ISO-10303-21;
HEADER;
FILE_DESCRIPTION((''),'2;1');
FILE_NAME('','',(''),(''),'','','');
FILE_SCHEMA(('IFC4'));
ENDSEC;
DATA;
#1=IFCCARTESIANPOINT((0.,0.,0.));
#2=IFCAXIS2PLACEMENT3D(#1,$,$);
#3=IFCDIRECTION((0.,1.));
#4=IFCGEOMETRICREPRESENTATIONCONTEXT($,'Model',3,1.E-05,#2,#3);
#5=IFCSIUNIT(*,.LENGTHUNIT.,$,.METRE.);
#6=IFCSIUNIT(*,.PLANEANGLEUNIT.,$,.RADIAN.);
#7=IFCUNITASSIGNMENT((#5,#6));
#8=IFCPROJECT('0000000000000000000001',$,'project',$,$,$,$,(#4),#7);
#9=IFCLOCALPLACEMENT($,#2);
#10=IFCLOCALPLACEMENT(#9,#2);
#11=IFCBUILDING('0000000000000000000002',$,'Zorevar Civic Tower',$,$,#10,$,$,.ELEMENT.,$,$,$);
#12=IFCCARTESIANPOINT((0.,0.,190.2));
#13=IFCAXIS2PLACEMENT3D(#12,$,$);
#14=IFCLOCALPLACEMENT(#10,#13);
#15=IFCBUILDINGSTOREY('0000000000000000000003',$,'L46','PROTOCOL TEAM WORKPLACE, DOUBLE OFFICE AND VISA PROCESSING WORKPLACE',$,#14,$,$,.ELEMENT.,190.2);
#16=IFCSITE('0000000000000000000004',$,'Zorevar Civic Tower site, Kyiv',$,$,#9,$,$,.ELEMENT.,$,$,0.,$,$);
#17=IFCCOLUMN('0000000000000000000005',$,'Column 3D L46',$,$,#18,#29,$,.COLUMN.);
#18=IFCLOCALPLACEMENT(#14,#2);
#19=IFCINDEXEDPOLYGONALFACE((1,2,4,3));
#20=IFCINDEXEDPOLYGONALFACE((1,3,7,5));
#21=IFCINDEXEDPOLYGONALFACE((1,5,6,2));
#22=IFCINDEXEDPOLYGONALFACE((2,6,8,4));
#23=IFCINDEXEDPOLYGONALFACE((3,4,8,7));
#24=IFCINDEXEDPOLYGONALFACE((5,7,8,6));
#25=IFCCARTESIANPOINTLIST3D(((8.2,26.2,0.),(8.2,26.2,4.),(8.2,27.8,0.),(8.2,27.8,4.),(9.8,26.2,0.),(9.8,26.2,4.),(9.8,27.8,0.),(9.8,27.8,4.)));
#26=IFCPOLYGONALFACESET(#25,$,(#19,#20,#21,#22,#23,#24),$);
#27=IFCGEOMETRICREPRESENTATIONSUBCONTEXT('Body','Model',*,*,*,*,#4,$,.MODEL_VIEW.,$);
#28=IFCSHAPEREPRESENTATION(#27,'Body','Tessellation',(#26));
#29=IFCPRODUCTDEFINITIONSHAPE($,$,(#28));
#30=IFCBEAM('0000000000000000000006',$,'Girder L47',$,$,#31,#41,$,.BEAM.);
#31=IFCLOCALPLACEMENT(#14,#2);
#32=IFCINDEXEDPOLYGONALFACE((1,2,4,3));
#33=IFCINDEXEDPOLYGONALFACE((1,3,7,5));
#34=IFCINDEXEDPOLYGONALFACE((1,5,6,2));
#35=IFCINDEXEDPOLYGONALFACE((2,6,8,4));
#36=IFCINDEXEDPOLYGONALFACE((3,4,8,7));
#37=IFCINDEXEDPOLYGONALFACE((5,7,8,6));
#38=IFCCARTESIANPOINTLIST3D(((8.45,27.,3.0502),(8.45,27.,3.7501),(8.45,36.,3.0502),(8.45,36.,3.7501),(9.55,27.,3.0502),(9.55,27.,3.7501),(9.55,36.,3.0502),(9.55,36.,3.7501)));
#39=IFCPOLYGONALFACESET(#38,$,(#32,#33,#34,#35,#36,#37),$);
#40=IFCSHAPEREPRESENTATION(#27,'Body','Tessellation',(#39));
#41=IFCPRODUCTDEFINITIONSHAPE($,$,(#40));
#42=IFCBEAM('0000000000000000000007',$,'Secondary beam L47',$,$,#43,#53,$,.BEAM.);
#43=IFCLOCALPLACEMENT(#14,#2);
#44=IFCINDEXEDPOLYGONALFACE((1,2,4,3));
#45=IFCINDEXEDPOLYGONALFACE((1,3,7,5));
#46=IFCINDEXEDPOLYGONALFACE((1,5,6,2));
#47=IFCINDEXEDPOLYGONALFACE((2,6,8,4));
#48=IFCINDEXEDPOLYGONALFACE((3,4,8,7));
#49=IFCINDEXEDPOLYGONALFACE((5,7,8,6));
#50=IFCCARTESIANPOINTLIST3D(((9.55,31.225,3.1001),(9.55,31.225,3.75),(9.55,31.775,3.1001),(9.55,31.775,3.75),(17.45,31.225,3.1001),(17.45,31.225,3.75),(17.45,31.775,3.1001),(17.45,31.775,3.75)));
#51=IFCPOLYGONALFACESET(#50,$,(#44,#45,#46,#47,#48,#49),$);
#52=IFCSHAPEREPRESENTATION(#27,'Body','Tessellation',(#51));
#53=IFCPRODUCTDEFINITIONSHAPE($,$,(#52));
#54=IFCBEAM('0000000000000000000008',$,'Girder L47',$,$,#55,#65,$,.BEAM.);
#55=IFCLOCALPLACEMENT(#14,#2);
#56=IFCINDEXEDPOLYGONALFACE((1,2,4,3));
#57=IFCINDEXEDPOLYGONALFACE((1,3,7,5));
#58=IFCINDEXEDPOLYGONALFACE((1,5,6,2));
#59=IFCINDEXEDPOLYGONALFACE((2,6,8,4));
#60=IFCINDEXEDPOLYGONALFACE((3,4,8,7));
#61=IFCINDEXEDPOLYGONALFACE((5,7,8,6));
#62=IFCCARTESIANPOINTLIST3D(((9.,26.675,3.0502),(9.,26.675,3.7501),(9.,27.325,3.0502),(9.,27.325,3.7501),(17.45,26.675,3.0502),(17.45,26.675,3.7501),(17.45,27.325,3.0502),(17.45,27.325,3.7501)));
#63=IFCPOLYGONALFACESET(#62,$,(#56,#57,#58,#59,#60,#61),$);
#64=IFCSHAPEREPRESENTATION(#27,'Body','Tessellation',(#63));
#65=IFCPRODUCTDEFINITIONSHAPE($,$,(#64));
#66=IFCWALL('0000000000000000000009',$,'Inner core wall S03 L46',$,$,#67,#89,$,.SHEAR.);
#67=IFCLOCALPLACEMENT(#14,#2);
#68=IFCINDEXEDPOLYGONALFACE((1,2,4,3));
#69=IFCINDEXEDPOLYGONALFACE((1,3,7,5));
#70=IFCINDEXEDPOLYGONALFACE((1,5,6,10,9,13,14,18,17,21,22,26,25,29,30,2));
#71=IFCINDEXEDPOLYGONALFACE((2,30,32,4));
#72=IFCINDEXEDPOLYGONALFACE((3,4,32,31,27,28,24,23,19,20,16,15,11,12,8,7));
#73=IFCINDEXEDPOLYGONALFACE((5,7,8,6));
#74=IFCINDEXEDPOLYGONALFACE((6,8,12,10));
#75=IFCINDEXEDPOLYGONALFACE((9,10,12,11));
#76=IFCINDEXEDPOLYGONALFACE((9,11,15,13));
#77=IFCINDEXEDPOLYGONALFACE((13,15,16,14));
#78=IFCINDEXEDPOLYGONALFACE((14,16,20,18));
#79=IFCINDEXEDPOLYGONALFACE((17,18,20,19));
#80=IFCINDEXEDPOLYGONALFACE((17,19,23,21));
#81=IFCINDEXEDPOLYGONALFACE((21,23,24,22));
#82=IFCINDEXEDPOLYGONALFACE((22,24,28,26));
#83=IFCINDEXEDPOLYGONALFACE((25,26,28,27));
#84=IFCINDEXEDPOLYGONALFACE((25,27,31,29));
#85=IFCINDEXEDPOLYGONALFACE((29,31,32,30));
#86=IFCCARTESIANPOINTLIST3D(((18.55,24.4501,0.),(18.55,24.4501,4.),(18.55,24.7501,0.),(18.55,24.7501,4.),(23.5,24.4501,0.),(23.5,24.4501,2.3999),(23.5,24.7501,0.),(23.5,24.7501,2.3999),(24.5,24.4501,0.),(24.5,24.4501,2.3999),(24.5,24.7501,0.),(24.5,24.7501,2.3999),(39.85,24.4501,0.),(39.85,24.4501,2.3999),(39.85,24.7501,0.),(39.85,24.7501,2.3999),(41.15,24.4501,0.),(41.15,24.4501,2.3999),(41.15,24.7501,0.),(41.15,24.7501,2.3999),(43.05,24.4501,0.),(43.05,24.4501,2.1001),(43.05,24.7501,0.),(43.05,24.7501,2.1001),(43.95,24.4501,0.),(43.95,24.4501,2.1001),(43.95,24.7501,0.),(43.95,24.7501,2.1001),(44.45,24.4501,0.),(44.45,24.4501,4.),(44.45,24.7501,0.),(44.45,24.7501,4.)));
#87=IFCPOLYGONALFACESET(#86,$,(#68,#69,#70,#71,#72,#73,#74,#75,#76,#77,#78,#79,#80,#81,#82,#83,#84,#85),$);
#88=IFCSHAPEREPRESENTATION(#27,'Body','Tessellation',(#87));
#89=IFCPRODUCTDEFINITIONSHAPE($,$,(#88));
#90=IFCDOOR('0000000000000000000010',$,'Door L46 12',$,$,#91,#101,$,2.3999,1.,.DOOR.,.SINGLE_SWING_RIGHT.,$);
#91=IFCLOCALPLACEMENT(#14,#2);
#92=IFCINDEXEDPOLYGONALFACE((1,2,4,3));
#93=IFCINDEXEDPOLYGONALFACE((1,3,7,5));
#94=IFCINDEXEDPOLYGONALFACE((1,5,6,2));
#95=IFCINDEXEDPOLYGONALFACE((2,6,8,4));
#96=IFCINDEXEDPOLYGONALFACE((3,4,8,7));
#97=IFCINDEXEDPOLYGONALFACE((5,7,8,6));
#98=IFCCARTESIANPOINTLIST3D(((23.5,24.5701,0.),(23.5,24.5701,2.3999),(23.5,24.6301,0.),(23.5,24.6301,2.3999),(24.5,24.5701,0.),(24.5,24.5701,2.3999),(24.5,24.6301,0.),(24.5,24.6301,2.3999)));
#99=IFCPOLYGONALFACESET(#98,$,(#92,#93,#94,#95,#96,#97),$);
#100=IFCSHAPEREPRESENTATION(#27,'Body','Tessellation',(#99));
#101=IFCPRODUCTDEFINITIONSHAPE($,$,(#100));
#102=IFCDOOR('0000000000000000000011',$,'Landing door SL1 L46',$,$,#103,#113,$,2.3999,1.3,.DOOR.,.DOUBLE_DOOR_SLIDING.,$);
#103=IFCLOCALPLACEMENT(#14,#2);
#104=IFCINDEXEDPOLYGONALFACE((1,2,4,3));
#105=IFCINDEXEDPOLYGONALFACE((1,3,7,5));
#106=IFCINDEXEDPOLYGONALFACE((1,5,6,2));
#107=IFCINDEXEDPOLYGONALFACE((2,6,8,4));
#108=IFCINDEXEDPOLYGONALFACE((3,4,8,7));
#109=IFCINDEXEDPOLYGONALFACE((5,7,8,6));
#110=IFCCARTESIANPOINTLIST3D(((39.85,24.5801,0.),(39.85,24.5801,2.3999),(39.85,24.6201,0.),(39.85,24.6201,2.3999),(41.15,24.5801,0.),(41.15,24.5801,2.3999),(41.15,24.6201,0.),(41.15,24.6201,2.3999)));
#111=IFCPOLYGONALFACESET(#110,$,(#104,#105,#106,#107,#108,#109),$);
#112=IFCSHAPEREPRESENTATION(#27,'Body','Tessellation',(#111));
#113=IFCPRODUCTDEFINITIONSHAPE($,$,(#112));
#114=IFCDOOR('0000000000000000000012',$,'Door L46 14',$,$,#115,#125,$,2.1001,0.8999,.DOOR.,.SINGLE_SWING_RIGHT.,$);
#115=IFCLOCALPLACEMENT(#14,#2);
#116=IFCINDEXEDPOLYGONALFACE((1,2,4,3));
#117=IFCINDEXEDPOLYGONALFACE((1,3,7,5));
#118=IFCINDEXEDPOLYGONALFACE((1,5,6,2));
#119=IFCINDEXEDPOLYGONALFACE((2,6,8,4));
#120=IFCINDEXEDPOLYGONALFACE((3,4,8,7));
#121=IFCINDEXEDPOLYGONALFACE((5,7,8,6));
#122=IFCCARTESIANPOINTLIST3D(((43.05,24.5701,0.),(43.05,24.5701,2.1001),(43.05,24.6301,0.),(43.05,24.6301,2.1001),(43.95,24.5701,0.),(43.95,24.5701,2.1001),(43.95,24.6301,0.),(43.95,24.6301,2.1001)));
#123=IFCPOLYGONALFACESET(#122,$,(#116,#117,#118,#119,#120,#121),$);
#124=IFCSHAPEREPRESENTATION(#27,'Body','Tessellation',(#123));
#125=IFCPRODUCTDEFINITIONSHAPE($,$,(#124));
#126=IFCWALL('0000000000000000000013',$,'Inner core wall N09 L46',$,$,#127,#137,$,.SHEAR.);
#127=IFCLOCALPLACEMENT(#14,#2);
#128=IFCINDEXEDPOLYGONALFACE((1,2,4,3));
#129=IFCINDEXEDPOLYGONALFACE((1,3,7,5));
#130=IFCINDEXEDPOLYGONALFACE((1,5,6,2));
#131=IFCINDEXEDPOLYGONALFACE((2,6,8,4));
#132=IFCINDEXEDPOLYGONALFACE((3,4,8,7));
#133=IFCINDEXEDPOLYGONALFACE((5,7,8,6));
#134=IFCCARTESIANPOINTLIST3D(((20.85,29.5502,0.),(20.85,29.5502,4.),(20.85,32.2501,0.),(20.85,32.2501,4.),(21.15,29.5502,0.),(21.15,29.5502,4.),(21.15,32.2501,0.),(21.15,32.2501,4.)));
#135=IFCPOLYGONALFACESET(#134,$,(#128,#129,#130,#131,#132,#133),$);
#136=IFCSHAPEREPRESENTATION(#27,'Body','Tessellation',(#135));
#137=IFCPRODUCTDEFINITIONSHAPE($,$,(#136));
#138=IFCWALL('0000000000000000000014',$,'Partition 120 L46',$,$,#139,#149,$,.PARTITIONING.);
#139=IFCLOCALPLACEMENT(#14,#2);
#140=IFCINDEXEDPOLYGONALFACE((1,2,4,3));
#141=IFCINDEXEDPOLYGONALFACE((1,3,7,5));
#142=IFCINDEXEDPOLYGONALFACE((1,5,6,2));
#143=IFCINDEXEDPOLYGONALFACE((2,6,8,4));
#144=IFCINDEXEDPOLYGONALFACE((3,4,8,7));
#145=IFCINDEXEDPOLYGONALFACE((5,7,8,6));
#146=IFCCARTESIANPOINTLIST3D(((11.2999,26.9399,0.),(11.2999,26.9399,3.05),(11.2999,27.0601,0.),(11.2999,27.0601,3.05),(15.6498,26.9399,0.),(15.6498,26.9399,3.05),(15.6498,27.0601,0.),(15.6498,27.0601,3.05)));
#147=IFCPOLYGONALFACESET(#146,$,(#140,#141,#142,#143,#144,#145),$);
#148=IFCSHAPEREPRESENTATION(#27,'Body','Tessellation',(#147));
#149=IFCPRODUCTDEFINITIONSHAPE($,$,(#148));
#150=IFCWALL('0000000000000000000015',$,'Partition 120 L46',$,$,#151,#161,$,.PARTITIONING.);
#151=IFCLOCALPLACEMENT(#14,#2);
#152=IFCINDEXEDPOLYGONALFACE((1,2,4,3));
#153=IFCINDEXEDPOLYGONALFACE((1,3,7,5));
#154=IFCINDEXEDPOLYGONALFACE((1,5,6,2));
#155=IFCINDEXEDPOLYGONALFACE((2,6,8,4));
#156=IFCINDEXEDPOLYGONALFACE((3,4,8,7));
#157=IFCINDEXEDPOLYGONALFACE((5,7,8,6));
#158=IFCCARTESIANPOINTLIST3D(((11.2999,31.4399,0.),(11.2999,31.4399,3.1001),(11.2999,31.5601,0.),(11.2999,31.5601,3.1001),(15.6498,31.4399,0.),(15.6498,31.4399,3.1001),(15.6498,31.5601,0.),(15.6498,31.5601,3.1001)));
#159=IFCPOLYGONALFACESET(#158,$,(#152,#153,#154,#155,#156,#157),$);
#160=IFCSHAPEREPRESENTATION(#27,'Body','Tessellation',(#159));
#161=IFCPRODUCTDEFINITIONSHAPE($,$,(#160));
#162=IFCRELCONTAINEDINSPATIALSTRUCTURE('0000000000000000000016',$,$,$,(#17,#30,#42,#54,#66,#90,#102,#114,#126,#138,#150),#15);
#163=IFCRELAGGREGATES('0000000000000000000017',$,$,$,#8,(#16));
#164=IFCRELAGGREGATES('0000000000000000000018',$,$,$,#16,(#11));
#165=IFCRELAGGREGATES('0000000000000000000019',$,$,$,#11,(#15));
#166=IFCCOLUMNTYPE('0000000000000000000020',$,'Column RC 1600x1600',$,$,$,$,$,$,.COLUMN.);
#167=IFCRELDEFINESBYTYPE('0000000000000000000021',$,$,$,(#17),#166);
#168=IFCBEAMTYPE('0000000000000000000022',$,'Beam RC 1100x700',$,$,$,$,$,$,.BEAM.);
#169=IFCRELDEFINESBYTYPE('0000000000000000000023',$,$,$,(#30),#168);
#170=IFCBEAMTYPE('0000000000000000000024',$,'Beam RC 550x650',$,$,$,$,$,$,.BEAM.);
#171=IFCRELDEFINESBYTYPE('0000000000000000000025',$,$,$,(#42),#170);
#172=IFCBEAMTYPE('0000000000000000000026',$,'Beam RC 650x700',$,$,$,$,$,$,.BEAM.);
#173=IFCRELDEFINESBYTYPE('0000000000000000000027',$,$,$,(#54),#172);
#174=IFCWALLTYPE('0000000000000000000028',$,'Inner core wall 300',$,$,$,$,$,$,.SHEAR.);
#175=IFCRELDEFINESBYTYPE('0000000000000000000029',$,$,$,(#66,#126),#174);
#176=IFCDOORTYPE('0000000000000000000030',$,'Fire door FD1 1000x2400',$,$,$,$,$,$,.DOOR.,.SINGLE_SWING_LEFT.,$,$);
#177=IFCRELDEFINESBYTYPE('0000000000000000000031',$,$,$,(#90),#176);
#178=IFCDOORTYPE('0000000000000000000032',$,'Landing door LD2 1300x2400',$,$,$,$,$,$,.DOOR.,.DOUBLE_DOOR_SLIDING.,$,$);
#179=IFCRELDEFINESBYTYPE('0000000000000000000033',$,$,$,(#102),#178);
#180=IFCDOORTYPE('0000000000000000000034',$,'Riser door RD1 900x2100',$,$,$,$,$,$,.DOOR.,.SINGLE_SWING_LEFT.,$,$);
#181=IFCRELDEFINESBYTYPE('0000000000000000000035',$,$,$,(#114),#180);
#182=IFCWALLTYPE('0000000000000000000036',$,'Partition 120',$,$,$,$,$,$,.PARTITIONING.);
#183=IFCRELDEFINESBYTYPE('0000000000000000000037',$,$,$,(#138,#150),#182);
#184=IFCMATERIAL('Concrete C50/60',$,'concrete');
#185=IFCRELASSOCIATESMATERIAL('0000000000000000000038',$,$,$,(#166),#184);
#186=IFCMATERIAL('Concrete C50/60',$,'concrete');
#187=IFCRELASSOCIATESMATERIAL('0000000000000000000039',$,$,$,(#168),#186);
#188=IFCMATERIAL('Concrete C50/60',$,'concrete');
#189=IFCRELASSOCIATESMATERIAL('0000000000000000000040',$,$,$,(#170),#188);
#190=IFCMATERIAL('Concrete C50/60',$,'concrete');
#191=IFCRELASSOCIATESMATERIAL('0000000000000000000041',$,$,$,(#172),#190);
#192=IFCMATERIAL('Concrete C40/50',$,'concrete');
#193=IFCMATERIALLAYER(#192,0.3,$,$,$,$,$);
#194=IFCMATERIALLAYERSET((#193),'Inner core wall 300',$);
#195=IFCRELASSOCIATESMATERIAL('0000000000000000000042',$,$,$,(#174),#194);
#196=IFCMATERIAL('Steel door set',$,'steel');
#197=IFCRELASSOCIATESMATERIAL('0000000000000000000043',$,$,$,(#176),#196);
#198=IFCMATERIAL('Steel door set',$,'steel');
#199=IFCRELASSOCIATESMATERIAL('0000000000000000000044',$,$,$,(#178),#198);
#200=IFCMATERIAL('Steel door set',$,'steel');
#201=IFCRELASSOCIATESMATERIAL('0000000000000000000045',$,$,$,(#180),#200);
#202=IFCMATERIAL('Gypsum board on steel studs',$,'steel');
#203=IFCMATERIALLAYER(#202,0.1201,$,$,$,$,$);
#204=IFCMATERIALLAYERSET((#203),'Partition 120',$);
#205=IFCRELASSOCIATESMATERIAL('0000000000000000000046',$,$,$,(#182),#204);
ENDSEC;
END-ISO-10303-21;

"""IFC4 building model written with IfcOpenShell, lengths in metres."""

from ifc_helpers import new_model, si_unit, direction, frame, frame_2d, origin, origin_2d, place, context, subcontext, project, spatial, rectangle, extrude, material, layer, layer_set, material_profile, profile_set, type_object, element, fill, save


model = new_model("IFC4")

# Units and contexts
model_context = context("Model", 3, precision=1e-05, world=origin(), true_north=direction((0.0, 1.0)))
body_context = subcontext(model_context, "Body", "Model", "MODEL_VIEW")
ifc_project = project(units=[si_unit("LENGTHUNIT", "METRE"), si_unit("PLANEANGLEUNIT", "RADIAN")], contexts=[model_context])

# Site, building, storey
site_placement = place(None, origin())
site = spatial("IfcSite", under=ifc_project, at=site_placement, Name="Zorevar Civic Tower site, Kyiv", CompositionType="ELEMENT", RefElevation=0.0)
building_placement = place(site_placement, origin())
building = spatial("IfcBuilding", under=site, at=building_placement, Name="Zorevar Civic Tower", CompositionType="ELEMENT")
storey_placement = place(building_placement, frame((0.0, 0.0, 190.2)))
storey = spatial("IfcBuildingStorey", under=building, at=storey_placement, Name="L46", Description="PROTOCOL TEAM WORKPLACE, DOUBLE OFFICE AND VISA PROCESSING WORKPLACE", CompositionType="ELEMENT", Elevation=190.2)

# Column
ifc_material_1 = material(Name="Concrete C50/60", Category="concrete")
ifc_material_profile_1 = material_profile(ifc_material_1, rectangle(XDim=1.6001, YDim=1.6001, at=origin_2d()), Name="RC 1600x1600")
ifc_profile_set_1 = profile_set([ifc_material_profile_1], Name="Concrete C50/60")
column_type = type_object("IfcColumnType", Name="Column RC 1600x1600", PredefinedType="COLUMN", material=ifc_profile_set_1)
column_placement = place(storey_placement, frame((9.0, 27.0, 0.0), z_axis=(0.0, 0.0, 1.0), x_axis=(1.0, 0.0, 0.0)))
element("IfcColumn", 1, at=column_placement, inside=storey, type_object=column_type, Name="Column 3D L46", PredefinedType="COLUMN", context=body_context, shape_type="SweptSolid", body=[
    extrude(rectangle(XDim=1.6001, YDim=1.6001, at=origin_2d()), origin(), (0.0, 0.0, 1.0), 4.0),
])

# Beams
ifc_material_2 = material(Name="Concrete C50/60", Category="concrete")
ifc_material_profile_2 = material_profile(ifc_material_2, rectangle(XDim=1.1001, YDim=0.7, at=origin_2d()), Name="RC 1100x700")
ifc_profile_set_2 = profile_set([ifc_material_profile_2], Name="Concrete C50/60")
beam_type_1 = type_object("IfcBeamType", Name="Beam RC 1100x700", PredefinedType="BEAM", material=ifc_profile_set_2)
beam_1_placement = place(storey_placement, frame((9.0, 27.0, 3.4001), z_axis=(0.0, 1.0, 0.0), x_axis=(-1.0, 0.0, 0.0)))
element("IfcBeam", 2, at=beam_1_placement, inside=storey, type_object=beam_type_1, Name="Girder L47", PredefinedType="BEAM", context=body_context, shape_type="SweptSolid", body=[
    extrude(rectangle(XDim=1.1001, YDim=0.7, at=origin_2d()), origin(), (0.0, 0.0, 1.0), 9.0),
])
ifc_material_3 = material(Name="Concrete C50/60", Category="concrete")
ifc_material_profile_3 = material_profile(ifc_material_3, rectangle(XDim=0.55, YDim=0.6499, at=origin_2d()), Name="RC 550x650")
ifc_profile_set_3 = profile_set([ifc_material_profile_3], Name="Concrete C50/60")
beam_type_2 = type_object("IfcBeamType", Name="Beam RC 550x650", PredefinedType="BEAM", material=ifc_profile_set_3)
beam_2_placement = place(storey_placement, frame((9.55, 31.5, 3.425), z_axis=(1.0, 0.0, 0.0), x_axis=(0.0, 1.0, 0.0)))
element("IfcBeam", 3, at=beam_2_placement, inside=storey, type_object=beam_type_2, Name="Secondary beam L47", PredefinedType="BEAM", context=body_context, shape_type="SweptSolid", body=[
    extrude(rectangle(XDim=0.55, YDim=0.6499, at=origin_2d()), origin(), (0.0, 0.0, 1.0), 7.8999),
])
ifc_material_4 = material(Name="Concrete C50/60", Category="concrete")
ifc_material_profile_4 = material_profile(ifc_material_4, rectangle(XDim=0.6499, YDim=0.7, at=origin_2d()), Name="RC 650x700")
ifc_profile_set_4 = profile_set([ifc_material_profile_4], Name="Concrete C50/60")
beam_type_3 = type_object("IfcBeamType", Name="Beam RC 650x700", PredefinedType="BEAM", material=ifc_profile_set_4)
beam_3_placement = place(storey_placement, frame((9.0, 27.0, 3.4001), z_axis=(1.0, 0.0, 0.0), x_axis=(0.0, 1.0, 0.0)))
element("IfcBeam", 4, at=beam_3_placement, inside=storey, type_object=beam_type_3, Name="Girder L47", PredefinedType="BEAM", context=body_context, shape_type="SweptSolid", body=[
    extrude(rectangle(XDim=0.6499, YDim=0.7, at=origin_2d()), origin(), (0.0, 0.0, 1.0), 8.45),
])

# Wall, openings, doors
ifc_material_5 = material(Name="Concrete C40/50", Category="concrete")
ifc_layer_1 = layer(ifc_material_5, 0.3)
ifc_layer_set_1 = layer_set([ifc_layer_1], Name="Inner core wall 300")
wall_type_1 = type_object("IfcWallType", Name="Inner core wall 300", PredefinedType="SHEAR", material=ifc_layer_set_1)
wall_1_placement = place(storey_placement, frame((18.55, 24.6001, 0.0), z_axis=(0.0, 0.0, 1.0), x_axis=(1.0, 0.0, 0.0)))
wall_1 = element("IfcWall", 5, at=wall_1_placement, inside=storey, type_object=wall_type_1, Name="Inner core wall S03 L46", PredefinedType="SHEAR", context=body_context, shape_type="SweptSolid", body=[
    extrude(rectangle(XDim=25.8999, YDim=0.3, at=frame_2d((12.95, 0.0))), origin(), (0.0, 0.0, 1.0), 4.0),
])
opening_1_placement = place(wall_1_placement, frame((4.95, 0.0, 0.0)))
opening_1 = element("IfcOpeningElement", 6, at=opening_1_placement, cuts=wall_1, PredefinedType="OPENING", context=body_context, shape_type="SweptSolid", body=[
    extrude(rectangle(XDim=1.0, YDim=2.3999, at=frame_2d((0.5, 1.2))), frame((0.0, 0.1599, 0.0), z_axis=(0.0, -1.0, 0.0), x_axis=(1.0, 0.0, 0.0)), (0.0, 0.0, 1.0), 0.3201),
])
opening_2_placement = place(wall_1_placement, frame((24.5, 0.0, 0.0)))
opening_2 = element("IfcOpeningElement", 7, at=opening_2_placement, cuts=wall_1, PredefinedType="OPENING", context=body_context, shape_type="SweptSolid", body=[
    extrude(rectangle(XDim=0.8999, YDim=2.1001, at=frame_2d((0.45, 1.05))), frame((0.0, 0.1599, 0.0), z_axis=(0.0, -1.0, 0.0), x_axis=(1.0, 0.0, 0.0)), (0.0, 0.0, 1.0), 0.3201),
])
opening_3_placement = place(wall_1_placement, frame((21.3, 0.0, 0.0)))
opening_3 = element("IfcOpeningElement", 8, at=opening_3_placement, cuts=wall_1, PredefinedType="OPENING", context=body_context, shape_type="SweptSolid", body=[
    extrude(rectangle(XDim=1.3, YDim=2.3999, at=frame_2d((0.6499, 1.2))), frame((0.0, 0.1599, 0.0), z_axis=(0.0, -1.0, 0.0), x_axis=(1.0, 0.0, 0.0)), (0.0, 0.0, 1.0), 0.3201),
])
ifc_material_6 = material(Name="Steel door set", Category="steel")
door_type_1 = type_object("IfcDoorType", Name="Fire door FD1 1000x2400", OperationType="SINGLE_SWING_LEFT", PredefinedType="DOOR", material=ifc_material_6)
door_1_placement = place(opening_1_placement, origin())
door_1 = element("IfcDoor", 9, at=door_1_placement, inside=storey, type_object=door_type_1, Name="Door L46 12", OperationType="SINGLE_SWING_RIGHT", OverallHeight=2.3999, OverallWidth=1.0, PredefinedType="DOOR", context=body_context, shape_type="SweptSolid", body=[
    extrude(rectangle(XDim=1.0, YDim=2.3999, at=frame_2d((0.5, 1.2))), frame((0.0, 0.03, 0.0), z_axis=(0.0, -1.0, 0.0), x_axis=(1.0, 0.0, 0.0)), (0.0, 0.0, 1.0), 0.0601),
])
fill(opening_1, door_1)
ifc_material_7 = material(Name="Steel door set", Category="steel")
door_type_2 = type_object("IfcDoorType", Name="Landing door LD2 1300x2400", OperationType="DOUBLE_DOOR_SLIDING", PredefinedType="DOOR", material=ifc_material_7)
door_2_placement = place(opening_3_placement, origin())
door_2 = element("IfcDoor", 10, at=door_2_placement, inside=storey, type_object=door_type_2, Name="Landing door SL1 L46", OperationType="DOUBLE_DOOR_SLIDING", OverallHeight=2.3999, OverallWidth=1.3, PredefinedType="DOOR", context=body_context, shape_type="SweptSolid", body=[
    extrude(rectangle(XDim=1.3, YDim=2.3999, at=frame_2d((0.6499, 1.2))), frame((0.0, 0.02, 0.0), z_axis=(0.0, -1.0, 0.0), x_axis=(1.0, 0.0, 0.0)), (0.0, 0.0, 1.0), 0.04),
])
fill(opening_3, door_2)
ifc_material_8 = material(Name="Steel door set", Category="steel")
door_type_3 = type_object("IfcDoorType", Name="Riser door RD1 900x2100", OperationType="SINGLE_SWING_LEFT", PredefinedType="DOOR", material=ifc_material_8)
door_3_placement = place(opening_2_placement, origin())
door_3 = element("IfcDoor", 11, at=door_3_placement, inside=storey, type_object=door_type_3, Name="Door L46 14", OperationType="SINGLE_SWING_RIGHT", OverallHeight=2.1001, OverallWidth=0.8999, PredefinedType="DOOR", context=body_context, shape_type="SweptSolid", body=[
    extrude(rectangle(XDim=0.8999, YDim=2.1001, at=frame_2d((0.45, 1.05))), frame((0.0, 0.03, 0.0), z_axis=(0.0, -1.0, 0.0), x_axis=(1.0, 0.0, 0.0)), (0.0, 0.0, 1.0), 0.0601),
])
fill(opening_2, door_3)

# Walls
wall_2_placement = place(storey_placement, frame((21.0, 29.55, 0.0), z_axis=(0.0, 0.0, 1.0), x_axis=(0.0, 1.0, 0.0)))
element("IfcWall", 12, at=wall_2_placement, inside=storey, type_object=wall_type_1, Name="Inner core wall N09 L46", PredefinedType="SHEAR", context=body_context, shape_type="SweptSolid", body=[
    extrude(rectangle(XDim=2.7, YDim=0.3, at=frame_2d((1.3501, 0.0))), origin(), (0.0, 0.0, 1.0), 4.0),
])
ifc_material_9 = material(Name="Gypsum board on steel studs", Category="steel")
ifc_layer_2 = layer(ifc_material_9, 0.1201)
ifc_layer_set_2 = layer_set([ifc_layer_2], Name="Partition 120")
wall_type_2 = type_object("IfcWallType", Name="Partition 120", PredefinedType="PARTITIONING", material=ifc_layer_set_2)
wall_3_placement = place(storey_placement, frame((11.3, 27.0, 0.0), z_axis=(0.0, 0.0, 1.0), x_axis=(1.0, 0.0, 0.0)))
element("IfcWall", 13, at=wall_3_placement, inside=storey, type_object=wall_type_2, Name="Partition 120 L46", PredefinedType="PARTITIONING", context=body_context, shape_type="SweptSolid", body=[
    extrude(rectangle(XDim=4.3499, YDim=0.1201, at=frame_2d((2.1748, 0.0))), origin(), (0.0, 0.0, 1.0), 3.05),
])
wall_4_placement = place(storey_placement, frame((11.3, 31.5, 0.0), z_axis=(0.0, 0.0, 1.0), x_axis=(1.0, 0.0, 0.0)))
element("IfcWall", 14, at=wall_4_placement, inside=storey, type_object=wall_type_2, Name="Partition 120 L46", PredefinedType="PARTITIONING", context=body_context, shape_type="SweptSolid", body=[
    extrude(rectangle(XDim=4.3499, YDim=0.1201, at=frame_2d((2.1748, 0.0))), origin(), (0.0, 0.0, 1.0), 3.1001),
])

save(model, "model.ifc")
